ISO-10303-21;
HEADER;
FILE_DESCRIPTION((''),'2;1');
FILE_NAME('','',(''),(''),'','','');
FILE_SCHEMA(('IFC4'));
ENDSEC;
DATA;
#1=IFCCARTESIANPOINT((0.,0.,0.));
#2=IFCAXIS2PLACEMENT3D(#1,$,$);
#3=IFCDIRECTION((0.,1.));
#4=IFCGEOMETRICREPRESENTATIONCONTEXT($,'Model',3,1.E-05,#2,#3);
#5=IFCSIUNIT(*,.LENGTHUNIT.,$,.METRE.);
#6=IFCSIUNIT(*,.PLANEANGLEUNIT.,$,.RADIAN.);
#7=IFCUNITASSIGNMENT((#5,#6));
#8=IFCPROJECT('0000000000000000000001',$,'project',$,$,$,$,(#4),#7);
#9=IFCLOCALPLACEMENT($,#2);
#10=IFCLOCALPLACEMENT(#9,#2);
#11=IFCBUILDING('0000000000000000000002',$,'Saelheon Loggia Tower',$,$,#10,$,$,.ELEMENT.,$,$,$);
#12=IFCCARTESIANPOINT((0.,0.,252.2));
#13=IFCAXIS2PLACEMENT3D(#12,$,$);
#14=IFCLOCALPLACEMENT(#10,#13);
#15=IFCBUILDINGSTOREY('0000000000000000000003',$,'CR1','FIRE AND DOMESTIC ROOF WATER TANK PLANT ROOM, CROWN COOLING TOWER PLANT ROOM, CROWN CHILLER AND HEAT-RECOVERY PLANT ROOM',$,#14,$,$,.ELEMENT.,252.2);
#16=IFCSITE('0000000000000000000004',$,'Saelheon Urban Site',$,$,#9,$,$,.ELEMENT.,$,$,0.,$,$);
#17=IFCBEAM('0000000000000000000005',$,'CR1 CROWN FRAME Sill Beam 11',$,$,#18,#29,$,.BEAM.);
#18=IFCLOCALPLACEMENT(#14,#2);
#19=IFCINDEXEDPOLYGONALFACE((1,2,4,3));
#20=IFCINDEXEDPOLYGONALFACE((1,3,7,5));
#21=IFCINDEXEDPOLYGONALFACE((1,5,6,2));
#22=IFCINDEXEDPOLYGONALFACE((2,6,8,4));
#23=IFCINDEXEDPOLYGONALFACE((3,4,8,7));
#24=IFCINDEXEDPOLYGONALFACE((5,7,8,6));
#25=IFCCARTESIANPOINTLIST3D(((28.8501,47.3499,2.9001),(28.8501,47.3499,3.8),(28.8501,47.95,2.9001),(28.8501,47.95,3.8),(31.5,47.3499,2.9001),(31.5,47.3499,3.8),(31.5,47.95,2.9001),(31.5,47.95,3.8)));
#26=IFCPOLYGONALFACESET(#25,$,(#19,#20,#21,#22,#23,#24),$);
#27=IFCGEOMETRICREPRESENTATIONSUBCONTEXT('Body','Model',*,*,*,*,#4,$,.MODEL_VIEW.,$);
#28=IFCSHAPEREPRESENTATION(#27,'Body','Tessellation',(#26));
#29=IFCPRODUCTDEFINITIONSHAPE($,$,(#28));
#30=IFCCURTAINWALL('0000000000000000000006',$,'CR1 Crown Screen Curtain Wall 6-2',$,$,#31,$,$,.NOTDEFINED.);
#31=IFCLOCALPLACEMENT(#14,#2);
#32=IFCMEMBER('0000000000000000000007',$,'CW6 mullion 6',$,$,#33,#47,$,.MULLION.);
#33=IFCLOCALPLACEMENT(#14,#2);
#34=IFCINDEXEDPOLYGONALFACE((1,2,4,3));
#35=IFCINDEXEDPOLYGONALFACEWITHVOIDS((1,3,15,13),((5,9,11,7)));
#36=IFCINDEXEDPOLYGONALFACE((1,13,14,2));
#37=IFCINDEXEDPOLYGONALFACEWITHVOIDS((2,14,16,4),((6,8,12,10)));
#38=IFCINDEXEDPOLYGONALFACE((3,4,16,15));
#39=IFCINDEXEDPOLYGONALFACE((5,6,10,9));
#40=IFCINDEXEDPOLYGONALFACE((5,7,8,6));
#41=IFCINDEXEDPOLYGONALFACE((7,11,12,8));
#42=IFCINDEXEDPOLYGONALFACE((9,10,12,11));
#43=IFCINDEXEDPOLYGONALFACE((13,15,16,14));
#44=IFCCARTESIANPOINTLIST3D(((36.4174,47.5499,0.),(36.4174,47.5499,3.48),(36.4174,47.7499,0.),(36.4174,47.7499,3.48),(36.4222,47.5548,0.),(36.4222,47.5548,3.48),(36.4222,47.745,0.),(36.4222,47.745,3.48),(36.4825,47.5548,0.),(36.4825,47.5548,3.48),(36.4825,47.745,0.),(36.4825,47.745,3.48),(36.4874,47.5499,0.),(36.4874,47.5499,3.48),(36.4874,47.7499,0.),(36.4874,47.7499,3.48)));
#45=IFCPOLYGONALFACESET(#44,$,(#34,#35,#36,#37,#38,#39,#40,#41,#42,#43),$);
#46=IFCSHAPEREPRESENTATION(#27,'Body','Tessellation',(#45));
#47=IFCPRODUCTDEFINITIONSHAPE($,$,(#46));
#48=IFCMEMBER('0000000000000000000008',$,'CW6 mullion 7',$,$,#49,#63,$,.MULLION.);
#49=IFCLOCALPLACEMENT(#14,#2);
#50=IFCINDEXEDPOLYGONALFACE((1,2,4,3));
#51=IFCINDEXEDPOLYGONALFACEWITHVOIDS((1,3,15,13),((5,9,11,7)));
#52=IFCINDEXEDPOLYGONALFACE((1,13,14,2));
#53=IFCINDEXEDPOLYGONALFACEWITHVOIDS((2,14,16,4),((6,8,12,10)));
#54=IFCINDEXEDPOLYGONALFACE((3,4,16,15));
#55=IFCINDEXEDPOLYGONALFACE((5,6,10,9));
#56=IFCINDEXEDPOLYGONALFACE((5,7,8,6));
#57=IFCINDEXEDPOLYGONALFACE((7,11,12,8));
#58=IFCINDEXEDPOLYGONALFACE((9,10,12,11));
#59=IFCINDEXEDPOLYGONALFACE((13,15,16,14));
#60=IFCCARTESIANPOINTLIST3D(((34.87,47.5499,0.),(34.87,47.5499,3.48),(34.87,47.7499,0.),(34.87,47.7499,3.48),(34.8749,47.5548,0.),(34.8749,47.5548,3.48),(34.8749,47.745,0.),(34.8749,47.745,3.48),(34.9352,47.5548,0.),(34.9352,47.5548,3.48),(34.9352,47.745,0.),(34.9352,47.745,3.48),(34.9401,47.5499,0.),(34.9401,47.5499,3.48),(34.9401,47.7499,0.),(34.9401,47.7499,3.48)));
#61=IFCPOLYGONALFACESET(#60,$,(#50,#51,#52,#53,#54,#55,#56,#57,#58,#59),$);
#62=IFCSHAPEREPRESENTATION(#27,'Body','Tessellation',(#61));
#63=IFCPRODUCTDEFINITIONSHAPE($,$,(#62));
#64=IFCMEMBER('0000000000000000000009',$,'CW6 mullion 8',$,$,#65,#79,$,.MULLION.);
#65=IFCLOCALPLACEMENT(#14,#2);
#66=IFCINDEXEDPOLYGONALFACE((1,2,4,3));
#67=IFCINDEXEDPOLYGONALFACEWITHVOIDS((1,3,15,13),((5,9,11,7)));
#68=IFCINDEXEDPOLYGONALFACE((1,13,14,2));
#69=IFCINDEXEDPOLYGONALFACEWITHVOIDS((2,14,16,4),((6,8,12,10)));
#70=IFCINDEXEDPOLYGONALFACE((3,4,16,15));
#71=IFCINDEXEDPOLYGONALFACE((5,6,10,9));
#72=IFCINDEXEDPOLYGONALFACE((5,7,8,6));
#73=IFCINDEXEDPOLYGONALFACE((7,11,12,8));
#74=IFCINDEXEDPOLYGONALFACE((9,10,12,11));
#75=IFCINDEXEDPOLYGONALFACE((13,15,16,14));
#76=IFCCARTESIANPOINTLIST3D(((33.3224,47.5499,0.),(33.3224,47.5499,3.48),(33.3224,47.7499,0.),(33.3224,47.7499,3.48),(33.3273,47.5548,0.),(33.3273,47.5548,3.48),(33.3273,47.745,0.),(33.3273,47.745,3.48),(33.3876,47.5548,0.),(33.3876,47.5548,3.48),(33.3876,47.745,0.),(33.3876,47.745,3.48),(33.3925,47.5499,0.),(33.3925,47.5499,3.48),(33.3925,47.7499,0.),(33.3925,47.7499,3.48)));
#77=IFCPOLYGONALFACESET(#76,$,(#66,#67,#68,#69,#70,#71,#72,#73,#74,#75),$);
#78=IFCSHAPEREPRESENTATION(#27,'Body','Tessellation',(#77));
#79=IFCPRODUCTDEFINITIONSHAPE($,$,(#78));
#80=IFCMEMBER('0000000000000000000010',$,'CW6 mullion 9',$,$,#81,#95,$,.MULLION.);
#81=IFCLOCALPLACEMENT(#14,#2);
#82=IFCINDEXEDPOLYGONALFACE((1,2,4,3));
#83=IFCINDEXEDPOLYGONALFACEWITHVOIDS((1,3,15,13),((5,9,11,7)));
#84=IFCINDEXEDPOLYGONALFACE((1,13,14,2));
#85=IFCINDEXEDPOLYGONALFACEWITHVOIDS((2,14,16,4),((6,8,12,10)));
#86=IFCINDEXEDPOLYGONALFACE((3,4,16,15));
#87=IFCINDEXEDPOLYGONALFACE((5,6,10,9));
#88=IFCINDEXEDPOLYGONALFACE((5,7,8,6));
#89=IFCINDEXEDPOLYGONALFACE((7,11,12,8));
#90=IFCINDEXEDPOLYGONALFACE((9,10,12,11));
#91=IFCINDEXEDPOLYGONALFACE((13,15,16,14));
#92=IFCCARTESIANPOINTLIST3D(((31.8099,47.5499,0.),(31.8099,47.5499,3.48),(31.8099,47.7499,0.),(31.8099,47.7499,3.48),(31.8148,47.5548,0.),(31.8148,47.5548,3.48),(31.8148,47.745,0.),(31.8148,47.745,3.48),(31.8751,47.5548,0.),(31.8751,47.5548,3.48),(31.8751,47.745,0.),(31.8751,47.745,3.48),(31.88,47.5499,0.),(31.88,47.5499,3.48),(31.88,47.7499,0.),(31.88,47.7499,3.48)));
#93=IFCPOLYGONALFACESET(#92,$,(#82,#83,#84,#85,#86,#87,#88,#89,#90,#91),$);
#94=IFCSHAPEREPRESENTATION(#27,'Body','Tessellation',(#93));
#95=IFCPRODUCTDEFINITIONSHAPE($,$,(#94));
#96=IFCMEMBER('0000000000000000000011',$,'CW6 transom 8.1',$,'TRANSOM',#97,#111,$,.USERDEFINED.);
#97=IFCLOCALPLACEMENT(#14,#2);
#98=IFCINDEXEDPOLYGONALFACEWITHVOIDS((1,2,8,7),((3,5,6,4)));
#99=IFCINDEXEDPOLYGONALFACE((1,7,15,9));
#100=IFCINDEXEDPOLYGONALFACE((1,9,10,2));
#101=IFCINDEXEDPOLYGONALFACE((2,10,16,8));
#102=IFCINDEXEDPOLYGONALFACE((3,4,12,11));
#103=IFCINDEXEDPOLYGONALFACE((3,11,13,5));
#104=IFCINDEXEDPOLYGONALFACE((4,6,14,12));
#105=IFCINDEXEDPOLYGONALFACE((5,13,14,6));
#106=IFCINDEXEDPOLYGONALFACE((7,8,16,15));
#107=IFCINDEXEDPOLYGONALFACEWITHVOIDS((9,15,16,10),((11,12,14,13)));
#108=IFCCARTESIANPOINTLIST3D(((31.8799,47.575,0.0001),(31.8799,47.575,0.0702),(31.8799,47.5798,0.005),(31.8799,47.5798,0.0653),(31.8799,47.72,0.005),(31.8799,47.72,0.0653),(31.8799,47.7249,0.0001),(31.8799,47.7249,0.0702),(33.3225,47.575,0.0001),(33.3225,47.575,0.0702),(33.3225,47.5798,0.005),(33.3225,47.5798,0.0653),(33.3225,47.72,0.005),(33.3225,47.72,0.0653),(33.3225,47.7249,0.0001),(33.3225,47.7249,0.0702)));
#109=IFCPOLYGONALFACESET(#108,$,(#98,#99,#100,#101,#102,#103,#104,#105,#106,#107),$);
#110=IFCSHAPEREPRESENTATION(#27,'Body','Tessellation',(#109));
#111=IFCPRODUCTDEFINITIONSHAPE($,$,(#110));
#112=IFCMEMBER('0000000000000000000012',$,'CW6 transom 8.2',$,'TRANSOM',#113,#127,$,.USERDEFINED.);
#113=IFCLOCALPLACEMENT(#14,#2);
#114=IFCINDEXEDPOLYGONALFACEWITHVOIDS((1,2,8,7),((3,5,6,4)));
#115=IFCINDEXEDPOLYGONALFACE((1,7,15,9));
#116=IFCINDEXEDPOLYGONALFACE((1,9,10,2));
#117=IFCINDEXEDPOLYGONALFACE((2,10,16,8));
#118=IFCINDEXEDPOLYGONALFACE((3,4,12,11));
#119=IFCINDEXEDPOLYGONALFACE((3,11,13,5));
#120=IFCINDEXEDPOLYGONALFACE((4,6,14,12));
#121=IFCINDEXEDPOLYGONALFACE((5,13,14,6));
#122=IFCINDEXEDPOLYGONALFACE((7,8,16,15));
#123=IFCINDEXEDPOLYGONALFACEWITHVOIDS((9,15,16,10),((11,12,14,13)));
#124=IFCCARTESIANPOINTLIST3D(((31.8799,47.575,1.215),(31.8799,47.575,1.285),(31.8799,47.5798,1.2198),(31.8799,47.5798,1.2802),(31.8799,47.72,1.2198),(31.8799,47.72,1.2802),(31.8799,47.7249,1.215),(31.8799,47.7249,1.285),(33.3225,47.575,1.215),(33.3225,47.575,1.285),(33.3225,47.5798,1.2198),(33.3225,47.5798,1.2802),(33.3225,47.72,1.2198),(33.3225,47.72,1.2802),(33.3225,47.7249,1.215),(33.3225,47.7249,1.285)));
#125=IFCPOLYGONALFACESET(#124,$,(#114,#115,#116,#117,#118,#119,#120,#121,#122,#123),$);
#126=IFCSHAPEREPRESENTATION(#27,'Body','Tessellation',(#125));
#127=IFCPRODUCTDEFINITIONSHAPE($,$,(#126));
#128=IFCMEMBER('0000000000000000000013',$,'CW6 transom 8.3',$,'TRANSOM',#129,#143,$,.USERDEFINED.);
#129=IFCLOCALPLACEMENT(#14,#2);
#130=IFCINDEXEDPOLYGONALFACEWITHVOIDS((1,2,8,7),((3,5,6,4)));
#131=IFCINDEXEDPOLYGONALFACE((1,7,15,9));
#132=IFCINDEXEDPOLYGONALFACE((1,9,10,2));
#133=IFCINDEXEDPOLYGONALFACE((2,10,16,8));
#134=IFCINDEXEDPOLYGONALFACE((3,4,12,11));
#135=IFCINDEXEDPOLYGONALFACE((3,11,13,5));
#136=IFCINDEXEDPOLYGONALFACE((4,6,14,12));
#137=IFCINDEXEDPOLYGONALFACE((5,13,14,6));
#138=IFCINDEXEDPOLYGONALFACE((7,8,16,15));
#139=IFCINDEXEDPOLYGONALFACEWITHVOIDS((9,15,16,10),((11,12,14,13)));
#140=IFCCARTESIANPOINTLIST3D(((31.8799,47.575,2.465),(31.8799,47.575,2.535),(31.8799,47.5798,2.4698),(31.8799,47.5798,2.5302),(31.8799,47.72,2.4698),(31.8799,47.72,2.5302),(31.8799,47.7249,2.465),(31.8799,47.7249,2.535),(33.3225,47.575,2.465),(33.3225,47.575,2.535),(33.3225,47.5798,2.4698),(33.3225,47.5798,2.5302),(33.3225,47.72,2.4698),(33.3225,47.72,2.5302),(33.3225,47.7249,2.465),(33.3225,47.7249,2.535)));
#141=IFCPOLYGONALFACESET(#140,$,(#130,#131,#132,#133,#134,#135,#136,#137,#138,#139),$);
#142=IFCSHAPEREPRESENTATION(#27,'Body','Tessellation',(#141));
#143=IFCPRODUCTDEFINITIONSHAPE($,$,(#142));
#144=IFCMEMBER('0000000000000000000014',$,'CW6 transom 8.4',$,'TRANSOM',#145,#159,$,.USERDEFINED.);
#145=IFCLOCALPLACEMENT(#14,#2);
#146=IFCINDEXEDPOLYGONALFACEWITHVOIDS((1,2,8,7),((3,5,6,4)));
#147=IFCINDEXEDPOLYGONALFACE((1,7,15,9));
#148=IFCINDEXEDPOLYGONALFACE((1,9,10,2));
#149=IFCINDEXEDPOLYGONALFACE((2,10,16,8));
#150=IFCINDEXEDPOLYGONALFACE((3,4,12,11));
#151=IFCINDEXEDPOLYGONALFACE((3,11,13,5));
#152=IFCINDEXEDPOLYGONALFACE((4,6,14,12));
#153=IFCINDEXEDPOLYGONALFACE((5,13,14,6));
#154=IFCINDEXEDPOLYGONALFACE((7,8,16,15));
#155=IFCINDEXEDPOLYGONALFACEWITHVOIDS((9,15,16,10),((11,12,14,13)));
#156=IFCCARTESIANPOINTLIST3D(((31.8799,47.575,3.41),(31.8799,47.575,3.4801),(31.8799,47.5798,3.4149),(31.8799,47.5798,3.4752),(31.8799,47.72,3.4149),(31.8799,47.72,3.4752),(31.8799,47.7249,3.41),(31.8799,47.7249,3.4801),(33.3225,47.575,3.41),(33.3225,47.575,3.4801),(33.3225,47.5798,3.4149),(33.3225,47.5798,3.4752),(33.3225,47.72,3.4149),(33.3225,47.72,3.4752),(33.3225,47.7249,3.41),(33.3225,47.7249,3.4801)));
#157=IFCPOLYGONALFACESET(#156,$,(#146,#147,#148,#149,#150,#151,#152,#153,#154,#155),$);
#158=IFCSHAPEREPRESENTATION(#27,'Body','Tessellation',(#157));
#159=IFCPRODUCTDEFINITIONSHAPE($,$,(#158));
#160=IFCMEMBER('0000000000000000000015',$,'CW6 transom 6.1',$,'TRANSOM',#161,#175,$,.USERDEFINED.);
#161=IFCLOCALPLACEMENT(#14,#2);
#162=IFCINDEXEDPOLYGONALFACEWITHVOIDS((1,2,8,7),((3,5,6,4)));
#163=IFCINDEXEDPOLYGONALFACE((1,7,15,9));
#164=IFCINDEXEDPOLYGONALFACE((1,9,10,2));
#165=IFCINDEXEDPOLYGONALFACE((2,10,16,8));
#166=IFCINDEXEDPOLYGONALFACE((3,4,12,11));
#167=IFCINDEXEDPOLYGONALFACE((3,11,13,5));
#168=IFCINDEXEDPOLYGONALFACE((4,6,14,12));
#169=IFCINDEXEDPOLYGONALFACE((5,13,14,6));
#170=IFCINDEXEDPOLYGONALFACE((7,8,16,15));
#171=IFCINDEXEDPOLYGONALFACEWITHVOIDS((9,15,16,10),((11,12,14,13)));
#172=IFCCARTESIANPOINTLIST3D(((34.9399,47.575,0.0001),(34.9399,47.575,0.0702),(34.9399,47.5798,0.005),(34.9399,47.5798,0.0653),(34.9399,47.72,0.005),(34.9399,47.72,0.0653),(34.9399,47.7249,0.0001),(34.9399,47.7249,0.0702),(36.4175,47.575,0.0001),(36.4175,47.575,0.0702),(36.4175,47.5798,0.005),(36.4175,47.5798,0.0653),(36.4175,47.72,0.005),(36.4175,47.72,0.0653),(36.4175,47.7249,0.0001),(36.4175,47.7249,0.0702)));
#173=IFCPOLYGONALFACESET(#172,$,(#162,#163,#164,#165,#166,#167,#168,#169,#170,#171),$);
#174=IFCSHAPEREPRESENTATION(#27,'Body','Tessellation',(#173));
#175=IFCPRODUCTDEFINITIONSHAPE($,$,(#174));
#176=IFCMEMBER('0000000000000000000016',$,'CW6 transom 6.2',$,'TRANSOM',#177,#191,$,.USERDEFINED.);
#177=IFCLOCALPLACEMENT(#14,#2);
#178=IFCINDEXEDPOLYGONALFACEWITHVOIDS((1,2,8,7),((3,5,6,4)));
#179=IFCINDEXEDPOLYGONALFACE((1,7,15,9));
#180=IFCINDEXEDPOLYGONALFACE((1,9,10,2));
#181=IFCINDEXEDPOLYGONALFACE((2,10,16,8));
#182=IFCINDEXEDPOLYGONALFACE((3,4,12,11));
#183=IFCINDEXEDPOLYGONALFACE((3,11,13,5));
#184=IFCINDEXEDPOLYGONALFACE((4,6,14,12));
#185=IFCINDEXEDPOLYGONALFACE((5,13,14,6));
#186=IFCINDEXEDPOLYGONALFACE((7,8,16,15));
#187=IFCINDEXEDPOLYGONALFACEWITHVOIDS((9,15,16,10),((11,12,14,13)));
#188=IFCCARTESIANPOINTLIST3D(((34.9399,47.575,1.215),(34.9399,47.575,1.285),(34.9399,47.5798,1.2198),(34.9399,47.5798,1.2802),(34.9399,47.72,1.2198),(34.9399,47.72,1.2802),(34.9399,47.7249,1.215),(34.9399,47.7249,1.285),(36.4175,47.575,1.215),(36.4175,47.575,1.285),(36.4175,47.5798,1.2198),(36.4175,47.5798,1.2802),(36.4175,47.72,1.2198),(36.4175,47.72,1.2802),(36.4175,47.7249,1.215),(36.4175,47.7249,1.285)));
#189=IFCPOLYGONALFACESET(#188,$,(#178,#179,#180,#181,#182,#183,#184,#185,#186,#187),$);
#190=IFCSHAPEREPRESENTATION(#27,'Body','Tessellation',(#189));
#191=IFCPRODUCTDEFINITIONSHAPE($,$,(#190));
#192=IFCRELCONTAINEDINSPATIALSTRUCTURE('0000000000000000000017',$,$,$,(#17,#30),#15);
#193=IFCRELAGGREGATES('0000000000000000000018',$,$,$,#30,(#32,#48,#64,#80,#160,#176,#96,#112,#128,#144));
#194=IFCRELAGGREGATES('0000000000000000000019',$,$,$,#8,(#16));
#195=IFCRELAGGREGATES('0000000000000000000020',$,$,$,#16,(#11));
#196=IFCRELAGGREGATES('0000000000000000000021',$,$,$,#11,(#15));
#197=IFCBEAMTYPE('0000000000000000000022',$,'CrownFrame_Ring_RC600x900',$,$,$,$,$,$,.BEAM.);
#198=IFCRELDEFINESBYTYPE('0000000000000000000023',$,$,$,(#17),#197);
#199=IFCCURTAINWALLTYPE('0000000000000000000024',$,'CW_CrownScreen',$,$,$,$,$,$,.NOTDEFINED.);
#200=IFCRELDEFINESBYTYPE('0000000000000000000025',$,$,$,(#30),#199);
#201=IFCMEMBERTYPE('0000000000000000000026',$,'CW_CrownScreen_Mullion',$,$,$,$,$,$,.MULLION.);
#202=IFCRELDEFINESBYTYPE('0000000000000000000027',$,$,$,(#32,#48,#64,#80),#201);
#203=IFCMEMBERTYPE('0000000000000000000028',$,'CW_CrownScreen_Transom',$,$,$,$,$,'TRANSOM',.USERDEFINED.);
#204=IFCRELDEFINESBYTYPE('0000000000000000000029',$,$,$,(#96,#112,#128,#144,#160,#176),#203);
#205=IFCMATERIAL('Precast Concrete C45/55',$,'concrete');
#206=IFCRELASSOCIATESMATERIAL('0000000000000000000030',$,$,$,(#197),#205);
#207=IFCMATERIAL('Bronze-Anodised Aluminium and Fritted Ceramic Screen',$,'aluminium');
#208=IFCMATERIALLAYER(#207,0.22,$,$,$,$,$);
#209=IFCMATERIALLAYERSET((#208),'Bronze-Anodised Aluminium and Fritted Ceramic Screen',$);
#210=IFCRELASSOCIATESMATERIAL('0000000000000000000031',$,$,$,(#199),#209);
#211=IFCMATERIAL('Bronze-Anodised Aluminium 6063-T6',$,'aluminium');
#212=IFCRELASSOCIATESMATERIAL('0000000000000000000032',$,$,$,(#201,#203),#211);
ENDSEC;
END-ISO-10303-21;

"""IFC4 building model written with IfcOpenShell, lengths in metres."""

from ifc_helpers import new_model, si_unit, direction, frame, origin, origin_2d, place, context, subcontext, project, spatial, rectangle, hollow_rectangle, extrude, source, transform, mapped, material, layer, layer_set, material_profile, profile_set, type_object, element, aggregate, save


model = new_model("IFC4")

# Units and contexts
model_context = context("Model", 3, precision=1e-05, world=origin(), true_north=direction((0.0, 1.0)))
body_context = subcontext(model_context, "Body", "Model", "MODEL_VIEW")
ifc_project = project(units=[si_unit("LENGTHUNIT", "METRE"), si_unit("PLANEANGLEUNIT", "RADIAN")], contexts=[model_context])

# Site, building, storey
site_placement = place(None, origin())
site = spatial("IfcSite", under=ifc_project, at=site_placement, Name="Saelheon Urban Site", CompositionType="ELEMENT", RefElevation=0.0)
building_placement = place(site_placement, origin())
building = spatial("IfcBuilding", under=site, at=building_placement, Name="Saelheon Loggia Tower", CompositionType="ELEMENT")
storey_placement = place(building_placement, frame((0.0, 0.0, 252.2)))
storey = spatial("IfcBuildingStorey", under=building, at=storey_placement, Name="CR1", Description="FIRE AND DOMESTIC ROOF WATER TANK PLANT ROOM, CROWN COOLING TOWER PLANT ROOM, CROWN CHILLER AND HEAT-RECOVERY PLANT ROOM", CompositionType="ELEMENT", Elevation=252.2)

# Beam
ifc_material_1 = material(Name="Precast Concrete C45/55", Category="concrete")
ifc_material_profile_1 = material_profile(ifc_material_1, rectangle(XDim=0.6001, YDim=0.8999, at=origin_2d()), Name="RC-600x900")
ifc_profile_set_1 = profile_set([ifc_material_profile_1], Name="Precast Concrete C45/55")
beam_type = type_object("IfcBeamType", Name="CrownFrame_Ring_RC600x900", PredefinedType="BEAM", material=ifc_profile_set_1)
shared_shape_1 = source(origin(), body_context, "Body", "SweptSolid", [
    extrude(rectangle(XDim=0.6001, YDim=0.8999, at=origin_2d()), origin(), (0.0, 0.0, 1.0), 2.6499),
])
beam_placement = place(storey_placement, frame((31.5, 47.6499, 3.3501), z_axis=(-1.0, 0.0, 0.0), x_axis=(0.0, -1.0, 0.0)))
element("IfcBeam", 1, at=beam_placement, inside=storey, type_object=beam_type, Name="CR1 CROWN FRAME Sill Beam 11", PredefinedType="BEAM", context=body_context, shape_type="MappedRepresentation", body=[
    mapped(shared_shape_1, transform((0.0, 0.0, 0.0), scale=1.0)),
])

# Curtain wall, members
ifc_material_2 = material(Name="Bronze-Anodised Aluminium and Fritted Ceramic Screen", Category="aluminium")
ifc_layer_1 = layer(ifc_material_2, 0.22)
ifc_layer_set_1 = layer_set([ifc_layer_1], Name="Bronze-Anodised Aluminium and Fritted Ceramic Screen")
curtain_wall_type = type_object("IfcCurtainWallType", Name="CW_CrownScreen", PredefinedType="NOTDEFINED", material=ifc_layer_set_1)
curtain_wall_placement = place(storey_placement, origin())
curtain_wall = element("IfcCurtainWall", 2, at=curtain_wall_placement, inside=storey, type_object=curtain_wall_type, Name="CR1 Crown Screen Curtain Wall 6-2", PredefinedType="NOTDEFINED")
ifc_material_3 = material(Name="Bronze-Anodised Aluminium 6063-T6", Category="aluminium")
ifc_material_profile_2 = material_profile(ifc_material_3, hollow_rectangle(XDim=0.0701, YDim=0.2, WallThickness=0.0049, at=origin_2d()), Name="RHS-200x70x5")
ifc_profile_set_2 = profile_set([ifc_material_profile_2], Name="Bronze-Anodised Aluminium 6063-T6")
member_type_1 = type_object("IfcMemberType", Name="CW_CrownScreen_Mullion", PredefinedType="MULLION", material=ifc_profile_set_2)
shared_shape_2 = source(origin(), body_context, "Body", "SweptSolid", [
    extrude(hollow_rectangle(XDim=0.0701, YDim=0.2, WallThickness=0.0049, at=origin_2d()), origin(), (0.0, 0.0, 1.0), 3.48),
])
member_1_placement = place(storey_placement, frame((36.4524, 47.6499, 0.0), z_axis=(0.0, 0.0, 1.0), x_axis=(-1.0, 0.0, 0.0)))
member_1 = element("IfcMember", 3, at=member_1_placement, type_object=member_type_1, Name="CW6 mullion 6", PredefinedType="MULLION", context=body_context, shape_type="MappedRepresentation", body=[
    mapped(shared_shape_2, transform((0.0, 0.0, 0.0), scale=1.0)),
])
member_2_placement = place(storey_placement, frame((34.905, 47.6499, 0.0), z_axis=(0.0, 0.0, 1.0), x_axis=(-1.0, 0.0, 0.0)))
member_2 = element("IfcMember", 4, at=member_2_placement, type_object=member_type_1, Name="CW6 mullion 7", PredefinedType="MULLION", context=body_context, shape_type="MappedRepresentation", body=[
    mapped(shared_shape_2, transform((0.0, 0.0, 0.0), scale=1.0)),
])
member_3_placement = place(storey_placement, frame((33.3574, 47.6499, 0.0), z_axis=(0.0, 0.0, 1.0), x_axis=(-1.0, 0.0, 0.0)))
member_3 = element("IfcMember", 5, at=member_3_placement, type_object=member_type_1, Name="CW6 mullion 8", PredefinedType="MULLION", context=body_context, shape_type="MappedRepresentation", body=[
    mapped(shared_shape_2, transform((0.0, 0.0, 0.0), scale=1.0)),
])
member_4_placement = place(storey_placement, frame((31.845, 47.6499, 0.0), z_axis=(0.0, 0.0, 1.0), x_axis=(-1.0, 0.0, 0.0)))
member_4 = element("IfcMember", 6, at=member_4_placement, type_object=member_type_1, Name="CW6 mullion 9", PredefinedType="MULLION", context=body_context, shape_type="MappedRepresentation", body=[
    mapped(shared_shape_2, transform((0.0, 0.0, 0.0), scale=1.0)),
])
ifc_material_profile_3 = material_profile(ifc_material_3, hollow_rectangle(XDim=0.0701, YDim=0.1499, WallThickness=0.0049, at=origin_2d()), Name="RHS-150x70x5")
ifc_profile_set_3 = profile_set([ifc_material_profile_3], Name="Bronze-Anodised Aluminium 6063-T6")
member_type_2 = type_object("IfcMemberType", Name="CW_CrownScreen_Transom", ElementType="TRANSOM", PredefinedType="USERDEFINED", material=ifc_profile_set_3)
shared_shape_3 = source(origin(), body_context, "Body", "SweptSolid", [
    extrude(hollow_rectangle(XDim=0.0701, YDim=0.1499, WallThickness=0.0049, at=origin_2d()), origin(), (0.0, 0.0, 1.0), 1.4426),
])
member_5_placement = place(storey_placement, frame((33.3225, 47.6499, 0.0352), z_axis=(-1.0, 0.0, 0.0), x_axis=(0.0, 0.0, 1.0)))
member_5 = element("IfcMember", 7, at=member_5_placement, type_object=member_type_2, Name="CW6 transom 8.1", ObjectType="TRANSOM", PredefinedType="USERDEFINED", context=body_context, shape_type="MappedRepresentation", body=[
    mapped(shared_shape_3, transform((0.0, 0.0, 0.0), scale=1.0)),
])
member_6_placement = place(storey_placement, frame((33.3225, 47.6499, 1.25), z_axis=(-1.0, 0.0, 0.0), x_axis=(0.0, 0.0, 1.0)))
member_6 = element("IfcMember", 8, at=member_6_placement, type_object=member_type_2, Name="CW6 transom 8.2", ObjectType="TRANSOM", PredefinedType="USERDEFINED", context=body_context, shape_type="MappedRepresentation", body=[
    mapped(shared_shape_3, transform((0.0, 0.0, 0.0), scale=1.0)),
])
member_7_placement = place(storey_placement, frame((33.3225, 47.6499, 2.5), z_axis=(-1.0, 0.0, 0.0), x_axis=(0.0, 0.0, 1.0)))
member_7 = element("IfcMember", 9, at=member_7_placement, type_object=member_type_2, Name="CW6 transom 8.3", ObjectType="TRANSOM", PredefinedType="USERDEFINED", context=body_context, shape_type="MappedRepresentation", body=[
    mapped(shared_shape_3, transform((0.0, 0.0, 0.0), scale=1.0)),
])
member_8_placement = place(storey_placement, frame((33.3225, 47.6499, 3.4451), z_axis=(-1.0, 0.0, 0.0), x_axis=(0.0, 0.0, 1.0)))
member_8 = element("IfcMember", 10, at=member_8_placement, type_object=member_type_2, Name="CW6 transom 8.4", ObjectType="TRANSOM", PredefinedType="USERDEFINED", context=body_context, shape_type="MappedRepresentation", body=[
    mapped(shared_shape_3, transform((0.0, 0.0, 0.0), scale=1.0)),
])
shared_shape_4 = source(origin(), body_context, "Body", "SweptSolid", [
    extrude(hollow_rectangle(XDim=0.0701, YDim=0.1499, WallThickness=0.0049, at=origin_2d()), origin(), (0.0, 0.0, 1.0), 1.4775),
])
member_9_placement = place(storey_placement, frame((36.4175, 47.6499, 0.0352), z_axis=(-1.0, 0.0, 0.0), x_axis=(0.0, 0.0, 1.0)))
member_9 = element("IfcMember", 11, at=member_9_placement, type_object=member_type_2, Name="CW6 transom 6.1", ObjectType="TRANSOM", PredefinedType="USERDEFINED", context=body_context, shape_type="MappedRepresentation", body=[
    mapped(shared_shape_4, transform((0.0, 0.0, 0.0), scale=1.0)),
])
member_10_placement = place(storey_placement, frame((36.4175, 47.6499, 1.25), z_axis=(-1.0, 0.0, 0.0), x_axis=(0.0, 0.0, 1.0)))
member_10 = element("IfcMember", 12, at=member_10_placement, type_object=member_type_2, Name="CW6 transom 6.2", ObjectType="TRANSOM", PredefinedType="USERDEFINED", context=body_context, shape_type="MappedRepresentation", body=[
    mapped(shared_shape_4, transform((0.0, 0.0, 0.0), scale=1.0)),
])
aggregate(curtain_wall, [member_1, member_2, member_3, member_4, member_9, member_10, member_5, member_6, member_7, member_8])

save(model, "model.ifc")
